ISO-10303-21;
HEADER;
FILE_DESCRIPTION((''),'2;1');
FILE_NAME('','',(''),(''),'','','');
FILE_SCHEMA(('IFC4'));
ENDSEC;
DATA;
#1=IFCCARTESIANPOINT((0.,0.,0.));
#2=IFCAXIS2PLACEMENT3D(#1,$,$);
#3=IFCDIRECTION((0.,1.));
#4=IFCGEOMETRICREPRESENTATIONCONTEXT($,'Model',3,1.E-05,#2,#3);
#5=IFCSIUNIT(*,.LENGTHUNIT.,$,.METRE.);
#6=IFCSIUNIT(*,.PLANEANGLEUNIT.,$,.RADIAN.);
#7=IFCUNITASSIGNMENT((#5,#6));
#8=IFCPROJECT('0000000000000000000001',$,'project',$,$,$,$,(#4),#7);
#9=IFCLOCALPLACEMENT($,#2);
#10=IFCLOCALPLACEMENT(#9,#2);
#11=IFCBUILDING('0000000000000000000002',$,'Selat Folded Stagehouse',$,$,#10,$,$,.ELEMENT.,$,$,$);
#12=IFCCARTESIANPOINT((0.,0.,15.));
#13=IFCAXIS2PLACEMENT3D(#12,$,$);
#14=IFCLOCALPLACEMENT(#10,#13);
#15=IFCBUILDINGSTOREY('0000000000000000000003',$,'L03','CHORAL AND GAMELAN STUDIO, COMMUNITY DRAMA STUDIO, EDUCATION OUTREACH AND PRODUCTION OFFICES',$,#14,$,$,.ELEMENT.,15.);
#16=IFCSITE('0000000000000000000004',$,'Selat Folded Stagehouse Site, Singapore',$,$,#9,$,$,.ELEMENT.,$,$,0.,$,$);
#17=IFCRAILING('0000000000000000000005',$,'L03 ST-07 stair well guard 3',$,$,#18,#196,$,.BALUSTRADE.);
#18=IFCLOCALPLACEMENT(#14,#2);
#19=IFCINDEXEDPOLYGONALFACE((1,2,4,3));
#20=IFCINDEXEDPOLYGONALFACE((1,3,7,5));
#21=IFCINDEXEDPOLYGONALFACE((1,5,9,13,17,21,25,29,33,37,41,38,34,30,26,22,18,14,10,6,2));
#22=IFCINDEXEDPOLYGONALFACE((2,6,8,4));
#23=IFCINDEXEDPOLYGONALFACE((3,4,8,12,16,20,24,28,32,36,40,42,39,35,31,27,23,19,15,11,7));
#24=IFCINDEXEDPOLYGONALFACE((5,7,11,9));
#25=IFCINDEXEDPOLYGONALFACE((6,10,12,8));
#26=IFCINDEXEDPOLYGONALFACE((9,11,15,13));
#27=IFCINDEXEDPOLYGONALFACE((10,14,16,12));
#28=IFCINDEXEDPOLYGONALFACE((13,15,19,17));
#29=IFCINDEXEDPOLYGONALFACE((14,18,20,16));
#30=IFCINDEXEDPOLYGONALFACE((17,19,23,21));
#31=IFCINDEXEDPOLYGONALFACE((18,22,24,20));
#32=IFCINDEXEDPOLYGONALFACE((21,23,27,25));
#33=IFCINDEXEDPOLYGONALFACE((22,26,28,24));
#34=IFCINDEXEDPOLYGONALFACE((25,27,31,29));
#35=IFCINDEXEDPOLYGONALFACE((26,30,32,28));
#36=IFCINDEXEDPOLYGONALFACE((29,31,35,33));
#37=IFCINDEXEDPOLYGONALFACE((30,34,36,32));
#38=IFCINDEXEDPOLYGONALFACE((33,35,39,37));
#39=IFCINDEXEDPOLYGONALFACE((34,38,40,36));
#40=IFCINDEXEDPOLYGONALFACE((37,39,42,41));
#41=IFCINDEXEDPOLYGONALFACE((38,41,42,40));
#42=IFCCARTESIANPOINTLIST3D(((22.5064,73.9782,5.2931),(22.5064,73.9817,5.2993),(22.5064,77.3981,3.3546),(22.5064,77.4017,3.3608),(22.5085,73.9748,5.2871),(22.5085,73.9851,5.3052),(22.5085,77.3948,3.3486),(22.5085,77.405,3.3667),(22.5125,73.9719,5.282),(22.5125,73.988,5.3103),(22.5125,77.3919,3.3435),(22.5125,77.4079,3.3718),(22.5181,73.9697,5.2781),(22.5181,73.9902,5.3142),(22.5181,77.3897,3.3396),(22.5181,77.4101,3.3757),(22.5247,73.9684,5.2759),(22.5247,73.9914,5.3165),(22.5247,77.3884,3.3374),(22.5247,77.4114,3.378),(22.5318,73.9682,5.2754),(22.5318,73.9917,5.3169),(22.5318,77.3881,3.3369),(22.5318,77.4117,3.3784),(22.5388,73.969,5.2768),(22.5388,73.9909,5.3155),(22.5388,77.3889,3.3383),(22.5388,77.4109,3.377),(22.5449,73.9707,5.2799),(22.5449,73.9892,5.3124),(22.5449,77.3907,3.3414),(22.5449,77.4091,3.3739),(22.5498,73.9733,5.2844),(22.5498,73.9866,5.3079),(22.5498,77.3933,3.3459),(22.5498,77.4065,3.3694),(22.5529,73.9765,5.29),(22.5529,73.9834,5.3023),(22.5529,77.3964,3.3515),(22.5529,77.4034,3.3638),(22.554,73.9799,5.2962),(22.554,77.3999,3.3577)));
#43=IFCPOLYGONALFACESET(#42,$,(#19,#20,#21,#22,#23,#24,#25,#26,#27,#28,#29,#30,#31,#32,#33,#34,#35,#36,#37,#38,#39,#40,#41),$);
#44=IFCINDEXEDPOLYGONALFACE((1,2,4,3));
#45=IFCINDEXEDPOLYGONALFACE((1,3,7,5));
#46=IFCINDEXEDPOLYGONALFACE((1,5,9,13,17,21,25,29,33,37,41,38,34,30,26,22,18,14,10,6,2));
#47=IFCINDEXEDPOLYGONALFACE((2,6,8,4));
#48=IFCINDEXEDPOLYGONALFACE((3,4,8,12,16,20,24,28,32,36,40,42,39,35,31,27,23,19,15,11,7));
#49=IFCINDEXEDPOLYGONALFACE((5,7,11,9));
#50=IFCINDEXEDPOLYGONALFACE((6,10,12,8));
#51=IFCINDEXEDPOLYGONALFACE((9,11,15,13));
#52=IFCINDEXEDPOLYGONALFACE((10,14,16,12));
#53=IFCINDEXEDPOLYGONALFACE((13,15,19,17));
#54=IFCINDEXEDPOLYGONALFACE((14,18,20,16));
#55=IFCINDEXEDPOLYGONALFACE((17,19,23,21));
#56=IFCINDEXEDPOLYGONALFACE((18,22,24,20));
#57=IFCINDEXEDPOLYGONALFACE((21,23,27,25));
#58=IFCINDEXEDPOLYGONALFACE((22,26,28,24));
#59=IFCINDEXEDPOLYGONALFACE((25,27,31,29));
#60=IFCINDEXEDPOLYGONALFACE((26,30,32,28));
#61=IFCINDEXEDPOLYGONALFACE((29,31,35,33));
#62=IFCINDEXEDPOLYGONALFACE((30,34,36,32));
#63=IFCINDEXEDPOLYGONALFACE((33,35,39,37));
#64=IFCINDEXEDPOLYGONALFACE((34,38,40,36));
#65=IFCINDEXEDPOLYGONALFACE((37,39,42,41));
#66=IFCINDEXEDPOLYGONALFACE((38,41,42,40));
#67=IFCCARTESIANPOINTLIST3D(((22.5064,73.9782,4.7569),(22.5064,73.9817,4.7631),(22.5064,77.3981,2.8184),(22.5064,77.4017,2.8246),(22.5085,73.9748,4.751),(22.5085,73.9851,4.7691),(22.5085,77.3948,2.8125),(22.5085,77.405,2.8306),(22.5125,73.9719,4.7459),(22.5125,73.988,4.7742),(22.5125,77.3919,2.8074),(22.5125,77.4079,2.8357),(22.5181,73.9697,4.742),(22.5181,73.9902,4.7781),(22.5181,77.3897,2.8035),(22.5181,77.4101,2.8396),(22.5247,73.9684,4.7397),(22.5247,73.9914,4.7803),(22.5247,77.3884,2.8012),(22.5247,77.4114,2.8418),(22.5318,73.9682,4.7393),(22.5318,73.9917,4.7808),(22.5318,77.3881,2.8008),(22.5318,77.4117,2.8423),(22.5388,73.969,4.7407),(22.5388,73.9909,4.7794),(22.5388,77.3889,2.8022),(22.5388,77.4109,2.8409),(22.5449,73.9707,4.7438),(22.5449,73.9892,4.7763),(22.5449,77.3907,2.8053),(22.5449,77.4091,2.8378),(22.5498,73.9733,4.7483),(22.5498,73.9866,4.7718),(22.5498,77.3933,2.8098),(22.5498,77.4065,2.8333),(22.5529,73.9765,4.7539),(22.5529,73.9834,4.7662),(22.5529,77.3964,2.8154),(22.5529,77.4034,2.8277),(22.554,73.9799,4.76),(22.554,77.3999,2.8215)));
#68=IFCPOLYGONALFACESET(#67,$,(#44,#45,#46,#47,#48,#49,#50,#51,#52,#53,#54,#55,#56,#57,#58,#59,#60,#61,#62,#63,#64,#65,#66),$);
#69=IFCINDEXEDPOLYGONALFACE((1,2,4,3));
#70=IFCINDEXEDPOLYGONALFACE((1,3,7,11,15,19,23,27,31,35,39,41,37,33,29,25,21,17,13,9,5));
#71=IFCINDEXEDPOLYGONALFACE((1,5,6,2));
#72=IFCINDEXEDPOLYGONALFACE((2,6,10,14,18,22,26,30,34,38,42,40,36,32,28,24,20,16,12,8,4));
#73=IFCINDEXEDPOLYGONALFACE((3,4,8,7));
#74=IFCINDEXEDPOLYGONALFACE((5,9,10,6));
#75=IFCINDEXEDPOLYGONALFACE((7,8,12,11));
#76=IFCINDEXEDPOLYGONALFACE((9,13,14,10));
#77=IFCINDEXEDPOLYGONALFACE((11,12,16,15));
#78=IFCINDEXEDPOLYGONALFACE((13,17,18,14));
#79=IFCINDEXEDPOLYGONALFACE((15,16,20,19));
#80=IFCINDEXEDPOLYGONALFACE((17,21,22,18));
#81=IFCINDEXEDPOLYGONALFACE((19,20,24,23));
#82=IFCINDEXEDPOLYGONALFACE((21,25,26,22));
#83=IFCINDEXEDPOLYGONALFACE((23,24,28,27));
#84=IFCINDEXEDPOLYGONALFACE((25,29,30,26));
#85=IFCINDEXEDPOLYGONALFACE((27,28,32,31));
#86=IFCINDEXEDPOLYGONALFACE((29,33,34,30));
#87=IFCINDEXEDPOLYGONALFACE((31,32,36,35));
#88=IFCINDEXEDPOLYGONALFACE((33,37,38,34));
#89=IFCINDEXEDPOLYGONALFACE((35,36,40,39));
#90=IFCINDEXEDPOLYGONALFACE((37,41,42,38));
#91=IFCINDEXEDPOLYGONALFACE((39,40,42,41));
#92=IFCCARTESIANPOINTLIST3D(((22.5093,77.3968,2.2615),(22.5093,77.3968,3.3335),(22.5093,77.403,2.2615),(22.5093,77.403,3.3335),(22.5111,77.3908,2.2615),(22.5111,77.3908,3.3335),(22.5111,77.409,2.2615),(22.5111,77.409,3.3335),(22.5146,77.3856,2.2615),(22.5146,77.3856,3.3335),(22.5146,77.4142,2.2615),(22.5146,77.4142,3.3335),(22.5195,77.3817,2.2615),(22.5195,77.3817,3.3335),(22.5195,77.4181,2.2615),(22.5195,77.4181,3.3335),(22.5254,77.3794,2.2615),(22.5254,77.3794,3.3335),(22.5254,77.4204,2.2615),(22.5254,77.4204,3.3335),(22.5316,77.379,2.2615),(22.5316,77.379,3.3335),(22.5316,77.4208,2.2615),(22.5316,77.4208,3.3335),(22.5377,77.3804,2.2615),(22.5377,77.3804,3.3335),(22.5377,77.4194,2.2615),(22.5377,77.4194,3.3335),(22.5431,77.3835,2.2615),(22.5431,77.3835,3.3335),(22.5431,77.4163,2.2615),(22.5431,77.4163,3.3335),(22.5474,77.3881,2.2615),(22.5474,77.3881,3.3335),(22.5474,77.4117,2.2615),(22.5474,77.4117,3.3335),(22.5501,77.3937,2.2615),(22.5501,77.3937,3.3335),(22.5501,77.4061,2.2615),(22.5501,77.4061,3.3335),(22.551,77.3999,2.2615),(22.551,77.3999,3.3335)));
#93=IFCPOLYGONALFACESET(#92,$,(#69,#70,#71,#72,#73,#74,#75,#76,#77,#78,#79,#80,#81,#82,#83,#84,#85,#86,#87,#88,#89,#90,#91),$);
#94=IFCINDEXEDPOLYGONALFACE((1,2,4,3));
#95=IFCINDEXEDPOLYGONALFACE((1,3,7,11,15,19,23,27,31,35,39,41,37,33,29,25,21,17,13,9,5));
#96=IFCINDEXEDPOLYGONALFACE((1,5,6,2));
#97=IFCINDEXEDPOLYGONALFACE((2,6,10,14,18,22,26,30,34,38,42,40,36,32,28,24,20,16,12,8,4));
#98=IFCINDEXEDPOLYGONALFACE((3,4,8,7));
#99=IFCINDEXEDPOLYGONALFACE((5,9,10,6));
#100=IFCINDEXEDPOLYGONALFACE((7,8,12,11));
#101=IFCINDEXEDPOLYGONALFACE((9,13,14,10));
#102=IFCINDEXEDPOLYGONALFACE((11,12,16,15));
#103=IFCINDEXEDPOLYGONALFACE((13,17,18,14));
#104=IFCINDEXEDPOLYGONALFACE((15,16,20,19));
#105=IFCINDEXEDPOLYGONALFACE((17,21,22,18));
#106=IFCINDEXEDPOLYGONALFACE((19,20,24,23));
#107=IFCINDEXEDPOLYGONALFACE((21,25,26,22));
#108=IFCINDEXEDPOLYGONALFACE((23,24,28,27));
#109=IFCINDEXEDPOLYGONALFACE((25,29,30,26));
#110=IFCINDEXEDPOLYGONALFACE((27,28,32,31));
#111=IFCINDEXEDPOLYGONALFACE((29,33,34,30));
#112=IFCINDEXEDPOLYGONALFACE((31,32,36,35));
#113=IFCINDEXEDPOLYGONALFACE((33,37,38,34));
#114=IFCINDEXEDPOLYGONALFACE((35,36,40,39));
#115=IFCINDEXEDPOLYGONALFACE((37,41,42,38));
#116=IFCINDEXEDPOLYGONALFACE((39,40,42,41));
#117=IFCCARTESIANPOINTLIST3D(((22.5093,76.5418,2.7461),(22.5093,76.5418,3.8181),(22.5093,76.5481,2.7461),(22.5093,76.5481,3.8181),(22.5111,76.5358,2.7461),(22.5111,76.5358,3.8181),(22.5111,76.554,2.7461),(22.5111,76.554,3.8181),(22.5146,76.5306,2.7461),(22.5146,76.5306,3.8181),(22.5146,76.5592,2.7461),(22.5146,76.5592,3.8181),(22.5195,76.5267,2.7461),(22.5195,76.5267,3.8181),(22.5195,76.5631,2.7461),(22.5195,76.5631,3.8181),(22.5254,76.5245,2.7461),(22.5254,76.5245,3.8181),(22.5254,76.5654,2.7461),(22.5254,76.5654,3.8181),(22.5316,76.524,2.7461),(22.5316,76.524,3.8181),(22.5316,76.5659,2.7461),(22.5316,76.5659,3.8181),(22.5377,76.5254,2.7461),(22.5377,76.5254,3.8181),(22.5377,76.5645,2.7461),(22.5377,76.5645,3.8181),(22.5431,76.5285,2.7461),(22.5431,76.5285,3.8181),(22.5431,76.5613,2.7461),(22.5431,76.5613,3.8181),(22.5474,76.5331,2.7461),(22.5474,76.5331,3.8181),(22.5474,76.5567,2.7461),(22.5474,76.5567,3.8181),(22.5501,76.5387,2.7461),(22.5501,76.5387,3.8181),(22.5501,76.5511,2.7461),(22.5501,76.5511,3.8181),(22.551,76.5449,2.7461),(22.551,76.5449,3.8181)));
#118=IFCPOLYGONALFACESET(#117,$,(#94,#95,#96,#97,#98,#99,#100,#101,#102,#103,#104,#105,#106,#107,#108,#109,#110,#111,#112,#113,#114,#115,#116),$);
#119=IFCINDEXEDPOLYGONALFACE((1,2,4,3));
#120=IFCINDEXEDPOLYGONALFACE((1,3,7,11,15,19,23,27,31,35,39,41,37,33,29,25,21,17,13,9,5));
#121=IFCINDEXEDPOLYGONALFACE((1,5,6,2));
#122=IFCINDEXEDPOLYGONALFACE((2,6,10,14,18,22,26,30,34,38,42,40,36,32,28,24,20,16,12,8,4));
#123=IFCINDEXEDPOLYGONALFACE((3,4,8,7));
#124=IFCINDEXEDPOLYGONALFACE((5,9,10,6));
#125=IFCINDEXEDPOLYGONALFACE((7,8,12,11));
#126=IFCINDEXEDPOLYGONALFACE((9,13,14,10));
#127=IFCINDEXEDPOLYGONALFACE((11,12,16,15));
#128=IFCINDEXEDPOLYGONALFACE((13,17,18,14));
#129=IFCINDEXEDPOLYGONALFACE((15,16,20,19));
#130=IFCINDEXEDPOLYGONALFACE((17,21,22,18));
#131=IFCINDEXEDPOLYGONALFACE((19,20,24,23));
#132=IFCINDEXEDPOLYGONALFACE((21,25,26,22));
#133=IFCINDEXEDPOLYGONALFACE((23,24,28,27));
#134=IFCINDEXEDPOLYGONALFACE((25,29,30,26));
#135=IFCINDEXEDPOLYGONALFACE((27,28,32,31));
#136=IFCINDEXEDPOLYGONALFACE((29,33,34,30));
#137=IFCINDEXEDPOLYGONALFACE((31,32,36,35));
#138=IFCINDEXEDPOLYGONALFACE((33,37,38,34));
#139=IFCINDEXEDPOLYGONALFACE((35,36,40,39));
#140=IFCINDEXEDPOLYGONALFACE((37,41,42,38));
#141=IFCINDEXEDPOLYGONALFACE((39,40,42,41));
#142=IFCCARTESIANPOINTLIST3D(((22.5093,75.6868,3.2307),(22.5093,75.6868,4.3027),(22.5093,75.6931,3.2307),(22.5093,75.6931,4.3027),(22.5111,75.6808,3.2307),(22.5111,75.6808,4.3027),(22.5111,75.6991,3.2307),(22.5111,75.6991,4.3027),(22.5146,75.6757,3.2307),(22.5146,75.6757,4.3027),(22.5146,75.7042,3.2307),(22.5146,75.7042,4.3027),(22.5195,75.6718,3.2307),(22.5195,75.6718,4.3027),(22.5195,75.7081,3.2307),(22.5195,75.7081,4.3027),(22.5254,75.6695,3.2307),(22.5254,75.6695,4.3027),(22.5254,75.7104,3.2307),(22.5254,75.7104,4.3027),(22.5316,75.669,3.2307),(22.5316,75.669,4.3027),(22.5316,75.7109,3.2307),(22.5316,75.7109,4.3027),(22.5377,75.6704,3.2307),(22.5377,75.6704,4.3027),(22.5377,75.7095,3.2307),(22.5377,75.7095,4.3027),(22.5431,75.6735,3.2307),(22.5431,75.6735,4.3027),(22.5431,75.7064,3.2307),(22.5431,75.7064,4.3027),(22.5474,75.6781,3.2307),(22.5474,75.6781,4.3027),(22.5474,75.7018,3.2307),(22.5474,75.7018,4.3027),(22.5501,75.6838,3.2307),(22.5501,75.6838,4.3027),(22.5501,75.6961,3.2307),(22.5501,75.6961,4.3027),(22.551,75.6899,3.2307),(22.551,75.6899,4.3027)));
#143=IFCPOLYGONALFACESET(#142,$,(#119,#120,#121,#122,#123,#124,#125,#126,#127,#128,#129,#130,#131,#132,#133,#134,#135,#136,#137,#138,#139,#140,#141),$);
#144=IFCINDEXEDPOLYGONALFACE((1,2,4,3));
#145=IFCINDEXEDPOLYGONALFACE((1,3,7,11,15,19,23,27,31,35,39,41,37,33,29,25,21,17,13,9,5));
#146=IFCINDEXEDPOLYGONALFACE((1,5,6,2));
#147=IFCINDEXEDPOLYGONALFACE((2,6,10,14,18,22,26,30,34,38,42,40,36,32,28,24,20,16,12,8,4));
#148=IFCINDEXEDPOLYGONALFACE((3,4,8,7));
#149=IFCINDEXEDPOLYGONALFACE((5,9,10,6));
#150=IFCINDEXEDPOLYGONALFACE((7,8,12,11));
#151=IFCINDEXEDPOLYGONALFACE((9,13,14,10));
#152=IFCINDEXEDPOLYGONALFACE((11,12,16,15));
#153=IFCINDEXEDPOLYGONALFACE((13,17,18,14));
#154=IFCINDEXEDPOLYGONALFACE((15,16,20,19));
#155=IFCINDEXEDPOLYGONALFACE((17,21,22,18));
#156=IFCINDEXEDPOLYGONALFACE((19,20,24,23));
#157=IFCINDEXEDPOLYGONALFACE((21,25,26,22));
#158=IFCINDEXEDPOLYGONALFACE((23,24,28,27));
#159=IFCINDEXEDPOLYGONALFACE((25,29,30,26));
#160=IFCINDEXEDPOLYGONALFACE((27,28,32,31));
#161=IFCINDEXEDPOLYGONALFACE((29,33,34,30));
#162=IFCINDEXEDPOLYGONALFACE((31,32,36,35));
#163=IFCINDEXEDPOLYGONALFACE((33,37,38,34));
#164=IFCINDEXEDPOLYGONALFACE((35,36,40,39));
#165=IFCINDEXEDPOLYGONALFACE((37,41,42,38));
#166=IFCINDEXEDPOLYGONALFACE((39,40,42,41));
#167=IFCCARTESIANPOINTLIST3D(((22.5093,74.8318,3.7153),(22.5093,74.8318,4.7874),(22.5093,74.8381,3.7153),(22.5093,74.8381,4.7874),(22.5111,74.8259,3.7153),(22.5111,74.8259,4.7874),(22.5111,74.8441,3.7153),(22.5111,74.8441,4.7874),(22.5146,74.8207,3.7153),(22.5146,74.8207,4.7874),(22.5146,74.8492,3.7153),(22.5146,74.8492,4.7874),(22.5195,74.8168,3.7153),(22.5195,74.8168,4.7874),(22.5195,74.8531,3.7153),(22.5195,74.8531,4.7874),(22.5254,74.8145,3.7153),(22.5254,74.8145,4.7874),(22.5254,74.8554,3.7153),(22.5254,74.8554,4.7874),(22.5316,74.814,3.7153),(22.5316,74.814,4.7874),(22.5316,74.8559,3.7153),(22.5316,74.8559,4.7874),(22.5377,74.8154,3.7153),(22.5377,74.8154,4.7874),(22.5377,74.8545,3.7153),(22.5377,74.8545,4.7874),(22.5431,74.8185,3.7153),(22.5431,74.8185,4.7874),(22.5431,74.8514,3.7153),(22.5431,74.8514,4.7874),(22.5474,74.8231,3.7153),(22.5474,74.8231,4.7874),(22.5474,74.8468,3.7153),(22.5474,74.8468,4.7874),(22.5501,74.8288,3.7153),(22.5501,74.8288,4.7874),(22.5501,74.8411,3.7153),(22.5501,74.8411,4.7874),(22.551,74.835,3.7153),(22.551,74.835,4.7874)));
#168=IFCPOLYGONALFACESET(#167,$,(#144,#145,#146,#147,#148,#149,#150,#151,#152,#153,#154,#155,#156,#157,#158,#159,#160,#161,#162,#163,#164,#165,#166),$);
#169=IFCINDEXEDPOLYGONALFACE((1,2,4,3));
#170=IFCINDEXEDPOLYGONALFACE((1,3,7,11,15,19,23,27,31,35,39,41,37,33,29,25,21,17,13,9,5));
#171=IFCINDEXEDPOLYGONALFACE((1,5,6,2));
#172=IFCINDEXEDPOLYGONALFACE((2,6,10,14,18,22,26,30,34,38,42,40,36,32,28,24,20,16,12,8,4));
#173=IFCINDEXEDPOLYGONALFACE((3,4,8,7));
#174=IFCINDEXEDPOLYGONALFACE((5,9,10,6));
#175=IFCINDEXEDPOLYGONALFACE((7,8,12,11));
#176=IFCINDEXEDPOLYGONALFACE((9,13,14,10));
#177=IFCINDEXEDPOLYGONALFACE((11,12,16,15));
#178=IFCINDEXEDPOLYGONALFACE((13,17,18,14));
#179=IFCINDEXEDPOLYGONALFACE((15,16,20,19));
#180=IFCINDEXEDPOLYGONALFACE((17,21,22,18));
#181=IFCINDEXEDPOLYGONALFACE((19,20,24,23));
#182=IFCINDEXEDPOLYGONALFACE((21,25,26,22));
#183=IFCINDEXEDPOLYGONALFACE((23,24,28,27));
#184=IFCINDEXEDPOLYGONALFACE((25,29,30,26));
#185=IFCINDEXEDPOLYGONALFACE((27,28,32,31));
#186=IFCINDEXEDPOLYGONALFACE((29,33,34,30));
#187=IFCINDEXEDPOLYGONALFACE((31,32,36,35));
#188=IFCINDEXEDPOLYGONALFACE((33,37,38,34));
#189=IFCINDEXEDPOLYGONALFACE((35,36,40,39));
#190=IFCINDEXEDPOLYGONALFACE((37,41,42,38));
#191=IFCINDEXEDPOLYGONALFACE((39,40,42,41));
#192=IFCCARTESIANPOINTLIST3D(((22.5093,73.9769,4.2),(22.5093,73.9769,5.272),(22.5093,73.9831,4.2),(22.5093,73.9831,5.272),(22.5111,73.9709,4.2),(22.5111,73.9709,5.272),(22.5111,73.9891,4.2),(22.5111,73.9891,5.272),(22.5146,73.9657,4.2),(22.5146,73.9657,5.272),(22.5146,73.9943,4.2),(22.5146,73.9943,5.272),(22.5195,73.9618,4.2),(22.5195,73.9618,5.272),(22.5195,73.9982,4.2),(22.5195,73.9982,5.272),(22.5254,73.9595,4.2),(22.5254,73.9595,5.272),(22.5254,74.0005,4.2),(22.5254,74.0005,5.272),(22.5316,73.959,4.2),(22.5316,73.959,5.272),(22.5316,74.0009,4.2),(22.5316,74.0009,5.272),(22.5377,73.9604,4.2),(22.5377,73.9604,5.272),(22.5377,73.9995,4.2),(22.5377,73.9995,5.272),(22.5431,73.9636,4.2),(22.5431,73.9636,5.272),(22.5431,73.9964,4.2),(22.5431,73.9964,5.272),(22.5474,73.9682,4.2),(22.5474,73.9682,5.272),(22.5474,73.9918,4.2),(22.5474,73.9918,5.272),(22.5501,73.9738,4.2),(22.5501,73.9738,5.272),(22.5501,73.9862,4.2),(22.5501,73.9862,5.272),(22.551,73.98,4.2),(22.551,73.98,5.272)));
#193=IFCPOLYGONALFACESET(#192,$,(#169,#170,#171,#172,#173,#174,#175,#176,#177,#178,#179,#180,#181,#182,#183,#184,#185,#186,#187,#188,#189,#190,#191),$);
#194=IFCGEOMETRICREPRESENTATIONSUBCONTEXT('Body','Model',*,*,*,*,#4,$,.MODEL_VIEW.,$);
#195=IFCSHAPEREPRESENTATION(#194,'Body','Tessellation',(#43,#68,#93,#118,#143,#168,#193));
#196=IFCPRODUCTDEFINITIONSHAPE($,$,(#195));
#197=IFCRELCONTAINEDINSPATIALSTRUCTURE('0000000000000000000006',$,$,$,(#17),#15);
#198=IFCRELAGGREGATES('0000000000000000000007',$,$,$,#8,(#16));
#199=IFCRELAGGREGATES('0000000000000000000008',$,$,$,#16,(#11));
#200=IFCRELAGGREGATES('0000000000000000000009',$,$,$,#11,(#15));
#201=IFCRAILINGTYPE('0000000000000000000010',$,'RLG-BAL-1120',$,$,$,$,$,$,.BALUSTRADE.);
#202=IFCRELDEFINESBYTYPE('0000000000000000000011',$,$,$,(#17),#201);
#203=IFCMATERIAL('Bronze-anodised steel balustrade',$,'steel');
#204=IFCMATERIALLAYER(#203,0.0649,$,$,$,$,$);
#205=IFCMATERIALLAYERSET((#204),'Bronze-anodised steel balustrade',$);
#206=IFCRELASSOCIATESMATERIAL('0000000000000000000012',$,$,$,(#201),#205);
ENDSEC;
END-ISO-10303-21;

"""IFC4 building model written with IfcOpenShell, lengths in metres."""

from ifc_helpers import new_model, si_unit, direction, frame, origin, origin_2d, place, context, subcontext, project, spatial, circle, extrude, material, layer, layer_set, type_object, element, save


model = new_model("IFC4")

# Units and contexts
model_context = context("Model", 3, precision=1e-05, world=origin(), true_north=direction((0.0, 1.0)))
body_context = subcontext(model_context, "Body", "Model", "MODEL_VIEW")
ifc_project = project(units=[si_unit("LENGTHUNIT", "METRE"), si_unit("PLANEANGLEUNIT", "RADIAN")], contexts=[model_context])

# Site, building, storey
site_placement = place(None, origin())
site = spatial("IfcSite", under=ifc_project, at=site_placement, Name="Selat Folded Stagehouse Site, Singapore", CompositionType="ELEMENT", RefElevation=0.0)
building_placement = place(site_placement, origin())
building = spatial("IfcBuilding", under=site, at=building_placement, Name="Selat Folded Stagehouse", CompositionType="ELEMENT")
storey_placement = place(building_placement, frame((0.0, 0.0, 15.0)))
storey = spatial("IfcBuildingStorey", under=building, at=storey_placement, Name="L03", Description="CHORAL AND GAMELAN STUDIO, COMMUNITY DRAMA STUDIO, EDUCATION OUTREACH AND PRODUCTION OFFICES", CompositionType="ELEMENT", Elevation=15.0)

# Railing
ifc_material_1 = material(Name="Bronze-anodised steel balustrade", Category="steel")
ifc_layer_1 = layer(ifc_material_1, 0.0649)
ifc_layer_set_1 = layer_set([ifc_layer_1], Name="Bronze-anodised steel balustrade")
railing_type_1 = type_object("IfcRailingType", Name="RLG-BAL-1120", PredefinedType="BALUSTRADE", material=ifc_layer_set_1)
railing_1_placement = place(storey_placement, frame((22.53, 77.3999, 2.2615)))
element("IfcRailing", 1, at=railing_1_placement, inside=storey, type_object=railing_type_1, Name="L03 ST-07 stair well guard 3", PredefinedType="BALUSTRADE", context=body_context, shape_type="SweptSolid", body=[
    extrude(circle(Radius=0.0239, at=origin_2d()), frame((0.0, 0.0, 1.0962), z_axis=(0.0, -0.869965, 0.493113), x_axis=(1.0, 0.0, 0.0)), (0.0, 0.0, 1.0), 3.9312),
    extrude(circle(Radius=0.0239, at=origin_2d()), frame((0.0, 0.0, 0.5601), z_axis=(0.0, -0.869965, 0.493113), x_axis=(1.0, 0.0, 0.0)), (0.0, 0.0, 1.0), 3.9312),
    extrude(circle(Radius=0.021, at=origin_2d()), origin(), (0.0, 0.0, 1.0), 1.072),
    extrude(circle(Radius=0.021, at=origin_2d()), frame((0.0, -0.855, 0.4846)), (0.0, 0.0, 1.0), 1.072),
    extrude(circle(Radius=0.021, at=origin_2d()), frame((0.0, -1.71, 0.9692)), (0.0, 0.0, 1.0), 1.072),
    extrude(circle(Radius=0.021, at=origin_2d()), frame((0.0, -2.5649, 1.4539)), (0.0, 0.0, 1.0), 1.072),
    extrude(circle(Radius=0.021, at=origin_2d()), frame((0.0, -3.4199, 1.9385)), (0.0, 0.0, 1.0), 1.072),
])

save(model, "model.ifc")
